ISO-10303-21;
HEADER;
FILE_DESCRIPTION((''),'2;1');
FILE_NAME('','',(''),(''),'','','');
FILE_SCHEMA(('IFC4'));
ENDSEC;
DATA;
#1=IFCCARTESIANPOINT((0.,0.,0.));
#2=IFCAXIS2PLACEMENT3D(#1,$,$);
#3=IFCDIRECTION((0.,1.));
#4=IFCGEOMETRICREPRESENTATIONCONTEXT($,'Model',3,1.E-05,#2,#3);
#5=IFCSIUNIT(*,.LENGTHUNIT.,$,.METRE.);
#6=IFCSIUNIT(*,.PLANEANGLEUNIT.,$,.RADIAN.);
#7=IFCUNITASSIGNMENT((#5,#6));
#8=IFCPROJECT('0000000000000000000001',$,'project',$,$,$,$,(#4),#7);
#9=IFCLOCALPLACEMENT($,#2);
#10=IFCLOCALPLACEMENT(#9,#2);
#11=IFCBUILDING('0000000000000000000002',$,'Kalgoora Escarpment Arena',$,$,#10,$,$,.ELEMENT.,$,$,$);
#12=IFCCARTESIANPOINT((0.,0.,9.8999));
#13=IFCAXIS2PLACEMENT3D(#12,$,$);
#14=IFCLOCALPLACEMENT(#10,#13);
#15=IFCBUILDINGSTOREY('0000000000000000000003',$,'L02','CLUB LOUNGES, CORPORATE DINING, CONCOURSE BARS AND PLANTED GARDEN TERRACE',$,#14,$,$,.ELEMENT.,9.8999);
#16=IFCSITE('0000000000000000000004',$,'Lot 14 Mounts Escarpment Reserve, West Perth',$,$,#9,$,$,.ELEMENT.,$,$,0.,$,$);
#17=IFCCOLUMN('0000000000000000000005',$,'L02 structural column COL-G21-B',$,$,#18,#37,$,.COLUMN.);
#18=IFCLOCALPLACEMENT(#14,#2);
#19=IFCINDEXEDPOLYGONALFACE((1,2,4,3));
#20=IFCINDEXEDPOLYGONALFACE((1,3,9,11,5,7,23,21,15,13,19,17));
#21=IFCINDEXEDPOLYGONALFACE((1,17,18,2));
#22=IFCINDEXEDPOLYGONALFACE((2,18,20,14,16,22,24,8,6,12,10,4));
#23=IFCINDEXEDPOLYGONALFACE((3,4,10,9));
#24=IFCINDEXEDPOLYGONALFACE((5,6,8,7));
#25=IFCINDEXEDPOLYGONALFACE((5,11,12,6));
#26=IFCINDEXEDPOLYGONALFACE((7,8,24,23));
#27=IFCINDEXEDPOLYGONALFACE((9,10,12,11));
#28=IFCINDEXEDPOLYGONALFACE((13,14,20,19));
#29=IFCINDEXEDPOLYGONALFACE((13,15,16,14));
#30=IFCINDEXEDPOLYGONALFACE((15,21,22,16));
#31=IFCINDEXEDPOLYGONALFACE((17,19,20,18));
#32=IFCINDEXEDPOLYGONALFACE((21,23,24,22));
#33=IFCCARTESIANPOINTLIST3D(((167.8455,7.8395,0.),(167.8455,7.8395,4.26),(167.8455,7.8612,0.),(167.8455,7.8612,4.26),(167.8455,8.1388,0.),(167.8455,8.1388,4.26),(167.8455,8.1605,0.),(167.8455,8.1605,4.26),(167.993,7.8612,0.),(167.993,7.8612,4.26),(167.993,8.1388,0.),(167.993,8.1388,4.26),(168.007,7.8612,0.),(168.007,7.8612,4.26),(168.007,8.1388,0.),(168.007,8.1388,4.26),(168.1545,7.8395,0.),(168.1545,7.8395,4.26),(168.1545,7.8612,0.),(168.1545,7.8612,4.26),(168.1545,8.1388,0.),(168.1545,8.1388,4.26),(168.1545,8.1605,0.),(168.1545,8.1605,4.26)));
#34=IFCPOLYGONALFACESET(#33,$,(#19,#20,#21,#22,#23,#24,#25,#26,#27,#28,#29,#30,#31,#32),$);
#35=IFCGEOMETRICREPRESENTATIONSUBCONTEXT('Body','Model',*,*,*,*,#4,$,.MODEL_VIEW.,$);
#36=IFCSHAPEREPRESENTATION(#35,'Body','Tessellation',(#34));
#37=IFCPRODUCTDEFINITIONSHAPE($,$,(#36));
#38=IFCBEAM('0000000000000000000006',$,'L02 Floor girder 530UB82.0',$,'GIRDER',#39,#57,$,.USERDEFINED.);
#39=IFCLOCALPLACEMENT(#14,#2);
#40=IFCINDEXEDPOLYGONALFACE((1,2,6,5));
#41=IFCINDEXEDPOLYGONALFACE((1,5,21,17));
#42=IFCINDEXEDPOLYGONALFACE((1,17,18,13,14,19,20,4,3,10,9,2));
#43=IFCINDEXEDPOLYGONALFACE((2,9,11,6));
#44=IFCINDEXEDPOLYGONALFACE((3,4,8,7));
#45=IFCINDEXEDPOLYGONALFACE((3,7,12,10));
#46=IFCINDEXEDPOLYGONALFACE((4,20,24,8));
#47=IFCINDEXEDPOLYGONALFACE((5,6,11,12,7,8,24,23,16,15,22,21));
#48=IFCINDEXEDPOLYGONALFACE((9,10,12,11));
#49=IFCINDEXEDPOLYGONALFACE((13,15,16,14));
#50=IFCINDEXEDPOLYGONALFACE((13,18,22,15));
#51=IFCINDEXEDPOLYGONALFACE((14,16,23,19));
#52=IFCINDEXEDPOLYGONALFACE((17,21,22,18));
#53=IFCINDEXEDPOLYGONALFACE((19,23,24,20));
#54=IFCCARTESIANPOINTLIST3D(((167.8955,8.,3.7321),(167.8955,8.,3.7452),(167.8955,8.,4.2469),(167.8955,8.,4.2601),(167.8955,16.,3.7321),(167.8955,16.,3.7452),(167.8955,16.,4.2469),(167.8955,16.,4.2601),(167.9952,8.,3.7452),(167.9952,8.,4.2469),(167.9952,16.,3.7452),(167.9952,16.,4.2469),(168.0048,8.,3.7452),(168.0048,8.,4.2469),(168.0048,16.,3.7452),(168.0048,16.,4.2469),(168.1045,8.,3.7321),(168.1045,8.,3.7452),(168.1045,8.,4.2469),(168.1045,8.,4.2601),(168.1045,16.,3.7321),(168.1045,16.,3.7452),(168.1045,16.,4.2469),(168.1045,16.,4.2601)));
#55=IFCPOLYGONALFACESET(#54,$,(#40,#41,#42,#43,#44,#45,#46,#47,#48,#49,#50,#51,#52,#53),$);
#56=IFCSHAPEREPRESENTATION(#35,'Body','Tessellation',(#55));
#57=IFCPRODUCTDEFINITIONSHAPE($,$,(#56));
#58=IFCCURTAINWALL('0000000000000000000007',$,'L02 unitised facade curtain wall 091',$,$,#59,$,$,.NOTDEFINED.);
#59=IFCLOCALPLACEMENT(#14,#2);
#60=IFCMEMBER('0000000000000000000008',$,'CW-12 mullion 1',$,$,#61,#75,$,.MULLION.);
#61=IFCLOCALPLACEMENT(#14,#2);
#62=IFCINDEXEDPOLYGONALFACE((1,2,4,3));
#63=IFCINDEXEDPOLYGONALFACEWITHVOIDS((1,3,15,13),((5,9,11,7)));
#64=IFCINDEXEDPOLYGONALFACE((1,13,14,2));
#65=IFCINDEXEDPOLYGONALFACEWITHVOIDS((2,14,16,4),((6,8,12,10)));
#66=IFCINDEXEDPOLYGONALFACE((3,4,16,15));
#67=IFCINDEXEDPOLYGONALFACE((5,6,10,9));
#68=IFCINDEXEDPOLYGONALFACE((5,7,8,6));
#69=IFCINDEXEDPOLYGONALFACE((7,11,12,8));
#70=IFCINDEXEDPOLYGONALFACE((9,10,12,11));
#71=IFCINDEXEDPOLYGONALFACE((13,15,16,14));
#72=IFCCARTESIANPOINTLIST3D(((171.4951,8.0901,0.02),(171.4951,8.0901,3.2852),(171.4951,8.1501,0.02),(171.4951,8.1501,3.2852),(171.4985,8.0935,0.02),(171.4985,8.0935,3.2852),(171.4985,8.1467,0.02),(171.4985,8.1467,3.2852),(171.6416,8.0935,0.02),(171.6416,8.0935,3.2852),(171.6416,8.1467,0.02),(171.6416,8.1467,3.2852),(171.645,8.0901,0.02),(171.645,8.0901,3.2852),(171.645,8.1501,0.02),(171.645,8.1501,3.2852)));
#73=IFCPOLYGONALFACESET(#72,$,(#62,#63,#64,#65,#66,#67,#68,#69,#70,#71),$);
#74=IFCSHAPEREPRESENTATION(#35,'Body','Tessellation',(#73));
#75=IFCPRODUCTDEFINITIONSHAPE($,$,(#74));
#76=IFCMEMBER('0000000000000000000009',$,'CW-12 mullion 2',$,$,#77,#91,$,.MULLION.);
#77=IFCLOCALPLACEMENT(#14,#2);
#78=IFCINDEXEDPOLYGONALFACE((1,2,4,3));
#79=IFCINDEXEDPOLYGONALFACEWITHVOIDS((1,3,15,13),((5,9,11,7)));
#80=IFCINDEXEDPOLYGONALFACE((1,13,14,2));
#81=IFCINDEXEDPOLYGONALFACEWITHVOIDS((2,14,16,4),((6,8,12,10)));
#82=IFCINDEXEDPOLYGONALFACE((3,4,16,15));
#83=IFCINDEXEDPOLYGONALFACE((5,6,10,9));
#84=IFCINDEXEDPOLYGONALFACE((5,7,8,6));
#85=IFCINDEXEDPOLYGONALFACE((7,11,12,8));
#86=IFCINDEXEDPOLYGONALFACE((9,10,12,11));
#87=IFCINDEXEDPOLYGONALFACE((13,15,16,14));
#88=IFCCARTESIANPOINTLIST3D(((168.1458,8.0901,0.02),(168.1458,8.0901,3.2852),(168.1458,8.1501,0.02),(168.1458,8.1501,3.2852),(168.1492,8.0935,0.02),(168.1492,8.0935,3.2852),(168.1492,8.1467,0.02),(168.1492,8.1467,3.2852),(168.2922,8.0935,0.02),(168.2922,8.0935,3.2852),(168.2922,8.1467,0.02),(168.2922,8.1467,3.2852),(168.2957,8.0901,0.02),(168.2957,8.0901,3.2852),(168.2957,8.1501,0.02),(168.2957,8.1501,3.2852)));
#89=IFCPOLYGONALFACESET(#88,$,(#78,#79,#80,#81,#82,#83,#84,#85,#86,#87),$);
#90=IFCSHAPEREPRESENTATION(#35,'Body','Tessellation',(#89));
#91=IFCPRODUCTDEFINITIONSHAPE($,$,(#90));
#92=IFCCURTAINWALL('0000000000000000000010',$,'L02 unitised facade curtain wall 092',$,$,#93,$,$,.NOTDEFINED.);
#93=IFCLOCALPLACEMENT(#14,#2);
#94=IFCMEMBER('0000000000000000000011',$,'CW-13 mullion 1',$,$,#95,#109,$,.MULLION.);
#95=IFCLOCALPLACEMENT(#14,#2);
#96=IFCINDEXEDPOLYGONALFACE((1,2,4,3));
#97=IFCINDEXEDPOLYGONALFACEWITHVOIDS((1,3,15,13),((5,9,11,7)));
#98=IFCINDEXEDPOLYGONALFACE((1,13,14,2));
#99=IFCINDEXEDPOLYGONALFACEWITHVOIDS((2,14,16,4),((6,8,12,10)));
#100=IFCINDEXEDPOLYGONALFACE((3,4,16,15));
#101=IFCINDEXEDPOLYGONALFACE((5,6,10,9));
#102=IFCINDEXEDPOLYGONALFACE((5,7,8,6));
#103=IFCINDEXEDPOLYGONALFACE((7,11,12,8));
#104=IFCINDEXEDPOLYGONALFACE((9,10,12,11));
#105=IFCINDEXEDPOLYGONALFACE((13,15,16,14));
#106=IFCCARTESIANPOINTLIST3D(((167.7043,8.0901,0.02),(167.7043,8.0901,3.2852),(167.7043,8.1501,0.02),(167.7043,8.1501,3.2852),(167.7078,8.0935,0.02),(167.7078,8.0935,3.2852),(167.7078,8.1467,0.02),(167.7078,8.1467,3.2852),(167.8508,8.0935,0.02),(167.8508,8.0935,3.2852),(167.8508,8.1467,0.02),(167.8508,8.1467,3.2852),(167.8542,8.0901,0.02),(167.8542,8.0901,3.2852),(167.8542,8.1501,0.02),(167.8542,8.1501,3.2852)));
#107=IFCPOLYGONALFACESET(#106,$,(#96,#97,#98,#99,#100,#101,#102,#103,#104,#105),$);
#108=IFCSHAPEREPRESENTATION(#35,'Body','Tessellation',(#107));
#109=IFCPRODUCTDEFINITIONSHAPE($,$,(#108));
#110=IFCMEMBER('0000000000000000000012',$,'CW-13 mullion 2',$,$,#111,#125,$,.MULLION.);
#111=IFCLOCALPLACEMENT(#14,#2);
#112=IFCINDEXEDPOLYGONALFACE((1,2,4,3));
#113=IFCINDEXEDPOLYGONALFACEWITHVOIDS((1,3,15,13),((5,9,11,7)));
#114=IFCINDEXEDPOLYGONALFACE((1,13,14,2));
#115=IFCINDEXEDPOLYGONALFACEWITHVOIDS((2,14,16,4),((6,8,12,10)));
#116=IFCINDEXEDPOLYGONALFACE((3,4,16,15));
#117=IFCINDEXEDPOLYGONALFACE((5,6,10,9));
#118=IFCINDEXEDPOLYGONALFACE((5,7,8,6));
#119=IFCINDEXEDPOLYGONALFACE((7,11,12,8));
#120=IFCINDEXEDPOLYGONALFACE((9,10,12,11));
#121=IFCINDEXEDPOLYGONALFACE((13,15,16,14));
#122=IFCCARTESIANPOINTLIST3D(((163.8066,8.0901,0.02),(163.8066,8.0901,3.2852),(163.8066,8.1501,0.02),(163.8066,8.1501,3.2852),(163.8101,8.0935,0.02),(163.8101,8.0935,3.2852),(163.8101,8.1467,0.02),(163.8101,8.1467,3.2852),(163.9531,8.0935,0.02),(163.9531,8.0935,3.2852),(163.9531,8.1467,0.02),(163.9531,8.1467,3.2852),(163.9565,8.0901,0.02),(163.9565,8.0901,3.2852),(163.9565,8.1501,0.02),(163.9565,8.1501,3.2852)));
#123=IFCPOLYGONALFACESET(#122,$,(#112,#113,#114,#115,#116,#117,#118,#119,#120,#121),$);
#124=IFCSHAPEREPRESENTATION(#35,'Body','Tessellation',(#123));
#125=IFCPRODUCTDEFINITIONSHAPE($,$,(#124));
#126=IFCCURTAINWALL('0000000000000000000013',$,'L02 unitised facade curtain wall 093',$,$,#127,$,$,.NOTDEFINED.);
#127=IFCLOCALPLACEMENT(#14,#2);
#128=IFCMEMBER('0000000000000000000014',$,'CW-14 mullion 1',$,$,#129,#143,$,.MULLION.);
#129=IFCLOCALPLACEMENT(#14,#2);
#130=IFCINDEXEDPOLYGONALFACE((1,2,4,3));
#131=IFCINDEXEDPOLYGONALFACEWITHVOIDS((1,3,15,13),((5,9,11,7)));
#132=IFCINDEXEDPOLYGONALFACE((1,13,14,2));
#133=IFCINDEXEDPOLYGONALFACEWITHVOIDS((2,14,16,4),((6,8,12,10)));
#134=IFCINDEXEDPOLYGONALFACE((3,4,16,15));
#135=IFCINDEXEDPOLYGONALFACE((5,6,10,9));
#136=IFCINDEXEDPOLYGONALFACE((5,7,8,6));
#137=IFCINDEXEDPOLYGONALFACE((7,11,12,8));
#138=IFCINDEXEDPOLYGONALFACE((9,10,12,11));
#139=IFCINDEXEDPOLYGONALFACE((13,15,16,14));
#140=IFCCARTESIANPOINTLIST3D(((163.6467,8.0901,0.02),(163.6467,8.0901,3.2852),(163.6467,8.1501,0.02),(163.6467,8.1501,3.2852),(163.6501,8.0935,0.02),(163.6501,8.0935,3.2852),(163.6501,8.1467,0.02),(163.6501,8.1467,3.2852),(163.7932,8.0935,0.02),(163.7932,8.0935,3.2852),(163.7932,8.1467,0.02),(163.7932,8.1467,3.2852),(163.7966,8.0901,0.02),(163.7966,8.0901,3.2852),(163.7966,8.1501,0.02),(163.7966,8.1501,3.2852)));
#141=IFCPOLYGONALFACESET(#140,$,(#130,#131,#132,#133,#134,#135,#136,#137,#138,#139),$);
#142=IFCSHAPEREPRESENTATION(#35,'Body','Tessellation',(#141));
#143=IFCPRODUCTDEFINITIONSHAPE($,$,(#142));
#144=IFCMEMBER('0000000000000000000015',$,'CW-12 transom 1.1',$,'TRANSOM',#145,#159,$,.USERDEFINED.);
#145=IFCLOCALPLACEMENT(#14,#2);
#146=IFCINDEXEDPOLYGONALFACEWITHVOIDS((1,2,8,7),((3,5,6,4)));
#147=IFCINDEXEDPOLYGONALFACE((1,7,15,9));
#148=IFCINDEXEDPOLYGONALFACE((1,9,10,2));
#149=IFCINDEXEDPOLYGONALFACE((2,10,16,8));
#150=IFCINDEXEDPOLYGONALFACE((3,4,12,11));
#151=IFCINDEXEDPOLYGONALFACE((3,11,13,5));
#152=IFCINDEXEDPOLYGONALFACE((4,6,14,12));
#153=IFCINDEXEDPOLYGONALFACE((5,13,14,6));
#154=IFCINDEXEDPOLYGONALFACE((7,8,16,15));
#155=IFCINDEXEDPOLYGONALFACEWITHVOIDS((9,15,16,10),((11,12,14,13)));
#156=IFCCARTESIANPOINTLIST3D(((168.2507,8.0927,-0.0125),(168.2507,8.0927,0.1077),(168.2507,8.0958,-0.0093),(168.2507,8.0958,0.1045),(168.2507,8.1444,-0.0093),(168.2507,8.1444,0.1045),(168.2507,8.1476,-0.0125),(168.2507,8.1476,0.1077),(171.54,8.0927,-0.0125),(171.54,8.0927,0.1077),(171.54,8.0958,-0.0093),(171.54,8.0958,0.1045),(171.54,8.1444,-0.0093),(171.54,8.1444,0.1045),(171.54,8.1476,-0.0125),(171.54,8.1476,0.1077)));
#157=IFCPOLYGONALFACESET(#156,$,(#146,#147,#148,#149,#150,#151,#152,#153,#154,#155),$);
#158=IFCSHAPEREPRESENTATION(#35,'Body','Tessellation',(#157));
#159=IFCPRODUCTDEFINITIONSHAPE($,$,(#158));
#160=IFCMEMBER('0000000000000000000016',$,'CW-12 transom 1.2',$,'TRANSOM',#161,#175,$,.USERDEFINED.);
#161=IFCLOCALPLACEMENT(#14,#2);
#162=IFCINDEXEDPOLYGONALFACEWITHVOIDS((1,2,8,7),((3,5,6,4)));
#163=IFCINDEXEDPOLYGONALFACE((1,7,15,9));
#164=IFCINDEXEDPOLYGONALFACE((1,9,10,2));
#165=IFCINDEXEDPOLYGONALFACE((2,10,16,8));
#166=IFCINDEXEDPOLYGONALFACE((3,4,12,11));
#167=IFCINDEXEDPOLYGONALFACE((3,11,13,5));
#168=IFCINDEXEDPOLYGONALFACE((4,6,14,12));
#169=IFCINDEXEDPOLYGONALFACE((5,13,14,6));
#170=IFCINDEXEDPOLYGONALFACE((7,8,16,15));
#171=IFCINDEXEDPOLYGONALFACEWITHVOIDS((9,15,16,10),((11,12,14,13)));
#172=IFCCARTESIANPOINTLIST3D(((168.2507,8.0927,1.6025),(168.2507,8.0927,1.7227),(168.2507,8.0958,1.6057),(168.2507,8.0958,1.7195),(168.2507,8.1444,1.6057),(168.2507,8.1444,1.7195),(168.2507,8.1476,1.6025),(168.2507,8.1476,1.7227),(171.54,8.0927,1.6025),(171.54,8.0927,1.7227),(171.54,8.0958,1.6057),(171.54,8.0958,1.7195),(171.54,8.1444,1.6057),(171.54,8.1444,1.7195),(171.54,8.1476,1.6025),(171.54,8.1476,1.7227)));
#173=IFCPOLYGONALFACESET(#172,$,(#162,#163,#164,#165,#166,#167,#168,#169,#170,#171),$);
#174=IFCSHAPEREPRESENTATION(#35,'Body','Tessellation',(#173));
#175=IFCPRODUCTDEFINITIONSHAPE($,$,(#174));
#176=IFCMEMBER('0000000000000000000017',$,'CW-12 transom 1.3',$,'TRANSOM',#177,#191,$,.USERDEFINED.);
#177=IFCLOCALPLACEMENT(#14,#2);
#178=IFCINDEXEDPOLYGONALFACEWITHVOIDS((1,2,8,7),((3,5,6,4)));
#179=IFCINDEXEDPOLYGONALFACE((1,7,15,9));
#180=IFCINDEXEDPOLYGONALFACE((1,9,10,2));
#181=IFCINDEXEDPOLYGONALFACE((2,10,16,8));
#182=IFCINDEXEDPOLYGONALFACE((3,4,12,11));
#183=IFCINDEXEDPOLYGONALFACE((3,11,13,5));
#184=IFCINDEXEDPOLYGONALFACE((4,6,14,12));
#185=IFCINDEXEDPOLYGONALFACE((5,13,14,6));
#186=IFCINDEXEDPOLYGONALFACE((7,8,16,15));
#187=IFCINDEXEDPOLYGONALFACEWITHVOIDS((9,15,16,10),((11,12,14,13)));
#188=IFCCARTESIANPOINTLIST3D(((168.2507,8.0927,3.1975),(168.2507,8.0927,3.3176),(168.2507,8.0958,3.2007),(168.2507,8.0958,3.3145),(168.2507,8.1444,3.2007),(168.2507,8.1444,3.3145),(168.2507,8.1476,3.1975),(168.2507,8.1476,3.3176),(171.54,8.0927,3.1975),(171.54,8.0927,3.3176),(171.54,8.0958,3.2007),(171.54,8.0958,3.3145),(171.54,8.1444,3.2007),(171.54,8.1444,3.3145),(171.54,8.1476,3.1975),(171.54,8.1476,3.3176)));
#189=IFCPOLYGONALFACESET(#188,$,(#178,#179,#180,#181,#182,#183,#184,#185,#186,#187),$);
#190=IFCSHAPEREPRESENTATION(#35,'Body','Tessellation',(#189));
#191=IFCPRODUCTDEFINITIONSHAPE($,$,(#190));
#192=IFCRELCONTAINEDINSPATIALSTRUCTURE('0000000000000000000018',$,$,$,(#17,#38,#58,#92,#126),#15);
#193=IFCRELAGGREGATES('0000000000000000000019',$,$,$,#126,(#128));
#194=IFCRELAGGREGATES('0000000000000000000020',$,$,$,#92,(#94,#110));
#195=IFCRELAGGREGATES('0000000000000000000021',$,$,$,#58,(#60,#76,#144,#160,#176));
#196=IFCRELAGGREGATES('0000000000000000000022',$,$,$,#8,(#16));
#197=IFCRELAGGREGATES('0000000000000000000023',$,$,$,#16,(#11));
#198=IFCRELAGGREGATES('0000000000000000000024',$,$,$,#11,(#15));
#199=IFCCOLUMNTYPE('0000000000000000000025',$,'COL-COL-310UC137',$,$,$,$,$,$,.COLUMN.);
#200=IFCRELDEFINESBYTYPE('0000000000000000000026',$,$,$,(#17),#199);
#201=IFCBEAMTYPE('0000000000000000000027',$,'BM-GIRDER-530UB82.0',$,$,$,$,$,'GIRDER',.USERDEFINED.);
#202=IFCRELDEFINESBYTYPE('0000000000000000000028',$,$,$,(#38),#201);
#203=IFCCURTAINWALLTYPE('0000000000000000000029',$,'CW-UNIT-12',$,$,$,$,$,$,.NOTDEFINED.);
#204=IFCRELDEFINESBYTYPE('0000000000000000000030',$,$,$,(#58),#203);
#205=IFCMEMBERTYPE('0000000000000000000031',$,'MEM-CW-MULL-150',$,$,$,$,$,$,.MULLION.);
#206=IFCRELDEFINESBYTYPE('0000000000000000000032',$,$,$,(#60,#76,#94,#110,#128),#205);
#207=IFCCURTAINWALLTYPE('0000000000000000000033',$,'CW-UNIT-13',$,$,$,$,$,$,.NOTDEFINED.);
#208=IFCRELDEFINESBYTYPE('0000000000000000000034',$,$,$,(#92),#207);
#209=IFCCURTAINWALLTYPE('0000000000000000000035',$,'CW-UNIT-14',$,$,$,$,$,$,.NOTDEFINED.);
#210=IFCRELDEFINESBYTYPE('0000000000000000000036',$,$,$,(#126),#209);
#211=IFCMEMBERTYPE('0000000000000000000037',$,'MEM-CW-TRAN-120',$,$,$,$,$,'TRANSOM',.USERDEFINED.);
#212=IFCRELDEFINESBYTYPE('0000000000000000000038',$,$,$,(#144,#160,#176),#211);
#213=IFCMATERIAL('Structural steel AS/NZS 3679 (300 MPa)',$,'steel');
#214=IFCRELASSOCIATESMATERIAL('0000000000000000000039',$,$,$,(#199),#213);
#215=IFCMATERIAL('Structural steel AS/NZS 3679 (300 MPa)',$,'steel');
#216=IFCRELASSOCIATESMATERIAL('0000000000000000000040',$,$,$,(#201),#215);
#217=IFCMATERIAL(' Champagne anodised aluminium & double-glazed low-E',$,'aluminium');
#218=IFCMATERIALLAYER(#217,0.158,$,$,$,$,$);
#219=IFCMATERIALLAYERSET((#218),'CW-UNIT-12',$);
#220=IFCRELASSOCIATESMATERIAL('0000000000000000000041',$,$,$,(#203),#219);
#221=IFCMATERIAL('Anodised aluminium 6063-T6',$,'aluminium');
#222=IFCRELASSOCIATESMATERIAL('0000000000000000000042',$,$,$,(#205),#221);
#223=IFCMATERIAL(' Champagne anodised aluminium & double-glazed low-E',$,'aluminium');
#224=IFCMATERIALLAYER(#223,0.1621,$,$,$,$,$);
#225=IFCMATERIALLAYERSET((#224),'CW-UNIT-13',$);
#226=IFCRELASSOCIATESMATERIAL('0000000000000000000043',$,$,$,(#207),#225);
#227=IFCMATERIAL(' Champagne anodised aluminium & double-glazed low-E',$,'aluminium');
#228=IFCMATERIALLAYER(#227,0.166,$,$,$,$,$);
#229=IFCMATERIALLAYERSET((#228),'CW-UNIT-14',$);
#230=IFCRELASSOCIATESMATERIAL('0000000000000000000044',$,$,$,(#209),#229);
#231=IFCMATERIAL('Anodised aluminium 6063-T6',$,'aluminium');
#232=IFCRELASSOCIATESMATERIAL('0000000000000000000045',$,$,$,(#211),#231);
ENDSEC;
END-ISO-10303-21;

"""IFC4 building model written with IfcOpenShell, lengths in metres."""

from ifc_helpers import new_model, si_unit, direction, frame, origin, origin_2d, place, context, subcontext, project, spatial, hollow_rectangle, i_section, extrude, material, layer, layer_set, material_profile, profile_set, type_object, element, aggregate, save


model = new_model("IFC4")

# Units and contexts
model_context = context("Model", 3, precision=1e-05, world=origin(), true_north=direction((0.0, 1.0)))
body_context = subcontext(model_context, "Body", "Model", "MODEL_VIEW")
ifc_project = project(units=[si_unit("LENGTHUNIT", "METRE"), si_unit("PLANEANGLEUNIT", "RADIAN")], contexts=[model_context])

# Site, building, storey
site_placement = place(None, origin())
site = spatial("IfcSite", under=ifc_project, at=site_placement, Name="Lot 14 Mounts Escarpment Reserve, West Perth", CompositionType="ELEMENT", RefElevation=0.0)
building_placement = place(site_placement, origin())
building = spatial("IfcBuilding", under=site, at=building_placement, Name="Kalgoora Escarpment Arena", CompositionType="ELEMENT")
storey_placement = place(building_placement, frame((0.0, 0.0, 9.8999)))
storey = spatial("IfcBuildingStorey", under=building, at=storey_placement, Name="L02", Description="CLUB LOUNGES, CORPORATE DINING, CONCOURSE BARS AND PLANTED GARDEN TERRACE", CompositionType="ELEMENT", Elevation=9.8999)

# Column
ifc_material_1 = material(Name="Structural steel AS/NZS 3679 (300 MPa)", Category="steel")
ifc_material_profile_1 = material_profile(ifc_material_1, i_section(OverallWidth=0.3091, OverallDepth=0.321, WebThickness=0.0139, FlangeThickness=0.0217, at=origin_2d()))
ifc_profile_set_1 = profile_set([ifc_material_profile_1], Name="Structural steel AS/NZS 3679 (300 MPa)")
column_type = type_object("IfcColumnType", Name="COL-COL-310UC137", PredefinedType="COLUMN", material=ifc_profile_set_1)
column_placement = place(storey_placement, frame((168.0, 8.0, 0.0), z_axis=(0.0, 0.0, 1.0), x_axis=(1.0, 0.0, 0.0)))
element("IfcColumn", 1, at=column_placement, inside=storey, type_object=column_type, Name="L02 structural column COL-G21-B", PredefinedType="COLUMN", context=body_context, shape_type="SweptSolid", body=[
    extrude(i_section(OverallWidth=0.3091, OverallDepth=0.321, WebThickness=0.0139, FlangeThickness=0.0217, at=origin_2d()), origin(), (0.0, 0.0, 1.0), 4.26),
])

# Beam
ifc_material_2 = material(Name="Structural steel AS/NZS 3679 (300 MPa)", Category="steel")
ifc_material_profile_2 = material_profile(ifc_material_2, i_section(OverallWidth=0.209, OverallDepth=0.5281, WebThickness=0.0095, FlangeThickness=0.0132, at=origin_2d()))
ifc_profile_set_2 = profile_set([ifc_material_profile_2], Name="Structural steel AS/NZS 3679 (300 MPa)")
beam_type = type_object("IfcBeamType", Name="BM-GIRDER-530UB82.0", ElementType="GIRDER", PredefinedType="USERDEFINED", material=ifc_profile_set_2)
beam_placement = place(storey_placement, frame((168.0, 8.0, 3.9961), z_axis=(0.0, 1.0, 0.0), x_axis=(-1.0, 0.0, 0.0)))
element("IfcBeam", 2, at=beam_placement, inside=storey, type_object=beam_type, Name="L02 Floor girder 530UB82.0", ObjectType="GIRDER", PredefinedType="USERDEFINED", context=body_context, shape_type="SweptSolid", body=[
    extrude(i_section(OverallWidth=0.209, OverallDepth=0.5281, WebThickness=0.0095, FlangeThickness=0.0132, at=origin_2d()), origin(), (0.0, 0.0, 1.0), 8.0),
])

# Curtain walls, members
ifc_material_3 = material(Name=" Champagne anodised aluminium & double-glazed low-E", Category="aluminium")
ifc_layer_1 = layer(ifc_material_3, 0.158)
ifc_layer_set_1 = layer_set([ifc_layer_1], Name="CW-UNIT-12")
curtain_wall_type_1 = type_object("IfcCurtainWallType", Name="CW-UNIT-12", PredefinedType="NOTDEFINED", material=ifc_layer_set_1)
curtain_wall_1_placement = place(storey_placement, origin())
curtain_wall_1 = element("IfcCurtainWall", 3, at=curtain_wall_1_placement, inside=storey, type_object=curtain_wall_type_1, Name="L02 unitised facade curtain wall 091", PredefinedType="NOTDEFINED")
ifc_material_4 = material(Name="Anodised aluminium 6063-T6", Category="aluminium")
ifc_material_profile_3 = material_profile(ifc_material_4, hollow_rectangle(XDim=0.0601, YDim=0.1499, WallThickness=0.0034, at=origin_2d()))
ifc_profile_set_3 = profile_set([ifc_material_profile_3], Name="Anodised aluminium 6063-T6")
member_type_1 = type_object("IfcMemberType", Name="MEM-CW-MULL-150", PredefinedType="MULLION", material=ifc_profile_set_3)
member_1_placement = place(storey_placement, frame((171.5701, 8.1201, 0.02), z_axis=(0.0, 0.0, 1.0), x_axis=(0.0, -1.0, 0.0)))
member_1 = element("IfcMember", 4, at=member_1_placement, type_object=member_type_1, Name="CW-12 mullion 1", PredefinedType="MULLION", context=body_context, shape_type="SweptSolid", body=[
    extrude(hollow_rectangle(XDim=0.0601, YDim=0.1499, WallThickness=0.0034, at=origin_2d()), origin(), (0.0, 0.0, 1.0), 3.2651),
])
member_2_placement = place(storey_placement, frame((168.2207, 8.1201, 0.02), z_axis=(0.0, 0.0, 1.0), x_axis=(0.0, -1.0, 0.0)))
member_2 = element("IfcMember", 5, at=member_2_placement, type_object=member_type_1, Name="CW-12 mullion 2", PredefinedType="MULLION", context=body_context, shape_type="SweptSolid", body=[
    extrude(hollow_rectangle(XDim=0.0601, YDim=0.1499, WallThickness=0.0034, at=origin_2d()), origin(), (0.0, 0.0, 1.0), 3.2651),
])
ifc_material_5 = material(Name=" Champagne anodised aluminium & double-glazed low-E", Category="aluminium")
ifc_layer_2 = layer(ifc_material_5, 0.1621)
ifc_layer_set_2 = layer_set([ifc_layer_2], Name="CW-UNIT-13")
curtain_wall_type_2 = type_object("IfcCurtainWallType", Name="CW-UNIT-13", PredefinedType="NOTDEFINED", material=ifc_layer_set_2)
curtain_wall_2_placement = place(storey_placement, origin())
curtain_wall_2 = element("IfcCurtainWall", 6, at=curtain_wall_2_placement, inside=storey, type_object=curtain_wall_type_2, Name="L02 unitised facade curtain wall 092", PredefinedType="NOTDEFINED")
member_3_placement = place(storey_placement, frame((167.7793, 8.1201, 0.02), z_axis=(0.0, 0.0, 1.0), x_axis=(0.0, -1.0, 0.0)))
member_3 = element("IfcMember", 7, at=member_3_placement, type_object=member_type_1, Name="CW-13 mullion 1", PredefinedType="MULLION", context=body_context, shape_type="SweptSolid", body=[
    extrude(hollow_rectangle(XDim=0.0601, YDim=0.1499, WallThickness=0.0034, at=origin_2d()), origin(), (0.0, 0.0, 1.0), 3.2651),
])
member_4_placement = place(storey_placement, frame((163.8816, 8.1201, 0.02), z_axis=(0.0, 0.0, 1.0), x_axis=(0.0, -1.0, 0.0)))
member_4 = element("IfcMember", 8, at=member_4_placement, type_object=member_type_1, Name="CW-13 mullion 2", PredefinedType="MULLION", context=body_context, shape_type="SweptSolid", body=[
    extrude(hollow_rectangle(XDim=0.0601, YDim=0.1499, WallThickness=0.0034, at=origin_2d()), origin(), (0.0, 0.0, 1.0), 3.2651),
])

# Curtain wall, member
ifc_material_6 = material(Name=" Champagne anodised aluminium & double-glazed low-E", Category="aluminium")
ifc_layer_3 = layer(ifc_material_6, 0.166)
ifc_layer_set_3 = layer_set([ifc_layer_3], Name="CW-UNIT-14")
curtain_wall_type_3 = type_object("IfcCurtainWallType", Name="CW-UNIT-14", PredefinedType="NOTDEFINED", material=ifc_layer_set_3)
curtain_wall_3_placement = place(storey_placement, origin())
curtain_wall_3 = element("IfcCurtainWall", 9, at=curtain_wall_3_placement, inside=storey, type_object=curtain_wall_type_3, Name="L02 unitised facade curtain wall 093", PredefinedType="NOTDEFINED")
member_5_placement = place(storey_placement, frame((163.7217, 8.1201, 0.02), z_axis=(0.0, 0.0, 1.0), x_axis=(0.0, -1.0, 0.0)))
member_5 = element("IfcMember", 10, at=member_5_placement, type_object=member_type_1, Name="CW-14 mullion 1", PredefinedType="MULLION", context=body_context, shape_type="SweptSolid", body=[
    extrude(hollow_rectangle(XDim=0.0601, YDim=0.1499, WallThickness=0.0034, at=origin_2d()), origin(), (0.0, 0.0, 1.0), 3.2651),
])

# Members
ifc_material_7 = material(Name="Anodised aluminium 6063-T6", Category="aluminium")
ifc_material_profile_4 = material_profile(ifc_material_7, hollow_rectangle(XDim=0.0549, YDim=0.1201, WallThickness=0.0032, at=origin_2d()))
ifc_profile_set_4 = profile_set([ifc_material_profile_4], Name="Anodised aluminium 6063-T6")
member_type_2 = type_object("IfcMemberType", Name="MEM-CW-TRAN-120", ElementType="TRANSOM", PredefinedType="USERDEFINED", material=ifc_profile_set_4)
member_6_placement = place(storey_placement, frame((171.54, 8.1201, 0.0476), z_axis=(-1.0, 0.0, 0.0), x_axis=(0.0, -1.0, 0.0)))
member_6 = element("IfcMember", 11, at=member_6_placement, type_object=member_type_2, Name="CW-12 transom 1.1", ObjectType="TRANSOM", PredefinedType="USERDEFINED", context=body_context, shape_type="SweptSolid", body=[
    extrude(hollow_rectangle(XDim=0.0549, YDim=0.1201, WallThickness=0.0032, at=origin_2d()), origin(), (0.0, 0.0, 1.0), 3.2893),
])
member_7_placement = place(storey_placement, frame((171.54, 8.1201, 1.6626), z_axis=(-1.0, 0.0, 0.0), x_axis=(0.0, -1.0, 0.0)))
member_7 = element("IfcMember", 12, at=member_7_placement, type_object=member_type_2, Name="CW-12 transom 1.2", ObjectType="TRANSOM", PredefinedType="USERDEFINED", context=body_context, shape_type="SweptSolid", body=[
    extrude(hollow_rectangle(XDim=0.0549, YDim=0.1201, WallThickness=0.0032, at=origin_2d()), origin(), (0.0, 0.0, 1.0), 3.2893),
])
member_8_placement = place(storey_placement, frame((171.54, 8.1201, 3.2576), z_axis=(-1.0, 0.0, 0.0), x_axis=(0.0, -1.0, 0.0)))
member_8 = element("IfcMember", 13, at=member_8_placement, type_object=member_type_2, Name="CW-12 transom 1.3", ObjectType="TRANSOM", PredefinedType="USERDEFINED", context=body_context, shape_type="SweptSolid", body=[
    extrude(hollow_rectangle(XDim=0.0549, YDim=0.1201, WallThickness=0.0032, at=origin_2d()), origin(), (0.0, 0.0, 1.0), 3.2893),
])
aggregate(curtain_wall_3, [member_5])

aggregate(curtain_wall_2, [member_3, member_4])
aggregate(curtain_wall_1, [member_1, member_2, member_6, member_7, member_8])

save(model, "model.ifc")
